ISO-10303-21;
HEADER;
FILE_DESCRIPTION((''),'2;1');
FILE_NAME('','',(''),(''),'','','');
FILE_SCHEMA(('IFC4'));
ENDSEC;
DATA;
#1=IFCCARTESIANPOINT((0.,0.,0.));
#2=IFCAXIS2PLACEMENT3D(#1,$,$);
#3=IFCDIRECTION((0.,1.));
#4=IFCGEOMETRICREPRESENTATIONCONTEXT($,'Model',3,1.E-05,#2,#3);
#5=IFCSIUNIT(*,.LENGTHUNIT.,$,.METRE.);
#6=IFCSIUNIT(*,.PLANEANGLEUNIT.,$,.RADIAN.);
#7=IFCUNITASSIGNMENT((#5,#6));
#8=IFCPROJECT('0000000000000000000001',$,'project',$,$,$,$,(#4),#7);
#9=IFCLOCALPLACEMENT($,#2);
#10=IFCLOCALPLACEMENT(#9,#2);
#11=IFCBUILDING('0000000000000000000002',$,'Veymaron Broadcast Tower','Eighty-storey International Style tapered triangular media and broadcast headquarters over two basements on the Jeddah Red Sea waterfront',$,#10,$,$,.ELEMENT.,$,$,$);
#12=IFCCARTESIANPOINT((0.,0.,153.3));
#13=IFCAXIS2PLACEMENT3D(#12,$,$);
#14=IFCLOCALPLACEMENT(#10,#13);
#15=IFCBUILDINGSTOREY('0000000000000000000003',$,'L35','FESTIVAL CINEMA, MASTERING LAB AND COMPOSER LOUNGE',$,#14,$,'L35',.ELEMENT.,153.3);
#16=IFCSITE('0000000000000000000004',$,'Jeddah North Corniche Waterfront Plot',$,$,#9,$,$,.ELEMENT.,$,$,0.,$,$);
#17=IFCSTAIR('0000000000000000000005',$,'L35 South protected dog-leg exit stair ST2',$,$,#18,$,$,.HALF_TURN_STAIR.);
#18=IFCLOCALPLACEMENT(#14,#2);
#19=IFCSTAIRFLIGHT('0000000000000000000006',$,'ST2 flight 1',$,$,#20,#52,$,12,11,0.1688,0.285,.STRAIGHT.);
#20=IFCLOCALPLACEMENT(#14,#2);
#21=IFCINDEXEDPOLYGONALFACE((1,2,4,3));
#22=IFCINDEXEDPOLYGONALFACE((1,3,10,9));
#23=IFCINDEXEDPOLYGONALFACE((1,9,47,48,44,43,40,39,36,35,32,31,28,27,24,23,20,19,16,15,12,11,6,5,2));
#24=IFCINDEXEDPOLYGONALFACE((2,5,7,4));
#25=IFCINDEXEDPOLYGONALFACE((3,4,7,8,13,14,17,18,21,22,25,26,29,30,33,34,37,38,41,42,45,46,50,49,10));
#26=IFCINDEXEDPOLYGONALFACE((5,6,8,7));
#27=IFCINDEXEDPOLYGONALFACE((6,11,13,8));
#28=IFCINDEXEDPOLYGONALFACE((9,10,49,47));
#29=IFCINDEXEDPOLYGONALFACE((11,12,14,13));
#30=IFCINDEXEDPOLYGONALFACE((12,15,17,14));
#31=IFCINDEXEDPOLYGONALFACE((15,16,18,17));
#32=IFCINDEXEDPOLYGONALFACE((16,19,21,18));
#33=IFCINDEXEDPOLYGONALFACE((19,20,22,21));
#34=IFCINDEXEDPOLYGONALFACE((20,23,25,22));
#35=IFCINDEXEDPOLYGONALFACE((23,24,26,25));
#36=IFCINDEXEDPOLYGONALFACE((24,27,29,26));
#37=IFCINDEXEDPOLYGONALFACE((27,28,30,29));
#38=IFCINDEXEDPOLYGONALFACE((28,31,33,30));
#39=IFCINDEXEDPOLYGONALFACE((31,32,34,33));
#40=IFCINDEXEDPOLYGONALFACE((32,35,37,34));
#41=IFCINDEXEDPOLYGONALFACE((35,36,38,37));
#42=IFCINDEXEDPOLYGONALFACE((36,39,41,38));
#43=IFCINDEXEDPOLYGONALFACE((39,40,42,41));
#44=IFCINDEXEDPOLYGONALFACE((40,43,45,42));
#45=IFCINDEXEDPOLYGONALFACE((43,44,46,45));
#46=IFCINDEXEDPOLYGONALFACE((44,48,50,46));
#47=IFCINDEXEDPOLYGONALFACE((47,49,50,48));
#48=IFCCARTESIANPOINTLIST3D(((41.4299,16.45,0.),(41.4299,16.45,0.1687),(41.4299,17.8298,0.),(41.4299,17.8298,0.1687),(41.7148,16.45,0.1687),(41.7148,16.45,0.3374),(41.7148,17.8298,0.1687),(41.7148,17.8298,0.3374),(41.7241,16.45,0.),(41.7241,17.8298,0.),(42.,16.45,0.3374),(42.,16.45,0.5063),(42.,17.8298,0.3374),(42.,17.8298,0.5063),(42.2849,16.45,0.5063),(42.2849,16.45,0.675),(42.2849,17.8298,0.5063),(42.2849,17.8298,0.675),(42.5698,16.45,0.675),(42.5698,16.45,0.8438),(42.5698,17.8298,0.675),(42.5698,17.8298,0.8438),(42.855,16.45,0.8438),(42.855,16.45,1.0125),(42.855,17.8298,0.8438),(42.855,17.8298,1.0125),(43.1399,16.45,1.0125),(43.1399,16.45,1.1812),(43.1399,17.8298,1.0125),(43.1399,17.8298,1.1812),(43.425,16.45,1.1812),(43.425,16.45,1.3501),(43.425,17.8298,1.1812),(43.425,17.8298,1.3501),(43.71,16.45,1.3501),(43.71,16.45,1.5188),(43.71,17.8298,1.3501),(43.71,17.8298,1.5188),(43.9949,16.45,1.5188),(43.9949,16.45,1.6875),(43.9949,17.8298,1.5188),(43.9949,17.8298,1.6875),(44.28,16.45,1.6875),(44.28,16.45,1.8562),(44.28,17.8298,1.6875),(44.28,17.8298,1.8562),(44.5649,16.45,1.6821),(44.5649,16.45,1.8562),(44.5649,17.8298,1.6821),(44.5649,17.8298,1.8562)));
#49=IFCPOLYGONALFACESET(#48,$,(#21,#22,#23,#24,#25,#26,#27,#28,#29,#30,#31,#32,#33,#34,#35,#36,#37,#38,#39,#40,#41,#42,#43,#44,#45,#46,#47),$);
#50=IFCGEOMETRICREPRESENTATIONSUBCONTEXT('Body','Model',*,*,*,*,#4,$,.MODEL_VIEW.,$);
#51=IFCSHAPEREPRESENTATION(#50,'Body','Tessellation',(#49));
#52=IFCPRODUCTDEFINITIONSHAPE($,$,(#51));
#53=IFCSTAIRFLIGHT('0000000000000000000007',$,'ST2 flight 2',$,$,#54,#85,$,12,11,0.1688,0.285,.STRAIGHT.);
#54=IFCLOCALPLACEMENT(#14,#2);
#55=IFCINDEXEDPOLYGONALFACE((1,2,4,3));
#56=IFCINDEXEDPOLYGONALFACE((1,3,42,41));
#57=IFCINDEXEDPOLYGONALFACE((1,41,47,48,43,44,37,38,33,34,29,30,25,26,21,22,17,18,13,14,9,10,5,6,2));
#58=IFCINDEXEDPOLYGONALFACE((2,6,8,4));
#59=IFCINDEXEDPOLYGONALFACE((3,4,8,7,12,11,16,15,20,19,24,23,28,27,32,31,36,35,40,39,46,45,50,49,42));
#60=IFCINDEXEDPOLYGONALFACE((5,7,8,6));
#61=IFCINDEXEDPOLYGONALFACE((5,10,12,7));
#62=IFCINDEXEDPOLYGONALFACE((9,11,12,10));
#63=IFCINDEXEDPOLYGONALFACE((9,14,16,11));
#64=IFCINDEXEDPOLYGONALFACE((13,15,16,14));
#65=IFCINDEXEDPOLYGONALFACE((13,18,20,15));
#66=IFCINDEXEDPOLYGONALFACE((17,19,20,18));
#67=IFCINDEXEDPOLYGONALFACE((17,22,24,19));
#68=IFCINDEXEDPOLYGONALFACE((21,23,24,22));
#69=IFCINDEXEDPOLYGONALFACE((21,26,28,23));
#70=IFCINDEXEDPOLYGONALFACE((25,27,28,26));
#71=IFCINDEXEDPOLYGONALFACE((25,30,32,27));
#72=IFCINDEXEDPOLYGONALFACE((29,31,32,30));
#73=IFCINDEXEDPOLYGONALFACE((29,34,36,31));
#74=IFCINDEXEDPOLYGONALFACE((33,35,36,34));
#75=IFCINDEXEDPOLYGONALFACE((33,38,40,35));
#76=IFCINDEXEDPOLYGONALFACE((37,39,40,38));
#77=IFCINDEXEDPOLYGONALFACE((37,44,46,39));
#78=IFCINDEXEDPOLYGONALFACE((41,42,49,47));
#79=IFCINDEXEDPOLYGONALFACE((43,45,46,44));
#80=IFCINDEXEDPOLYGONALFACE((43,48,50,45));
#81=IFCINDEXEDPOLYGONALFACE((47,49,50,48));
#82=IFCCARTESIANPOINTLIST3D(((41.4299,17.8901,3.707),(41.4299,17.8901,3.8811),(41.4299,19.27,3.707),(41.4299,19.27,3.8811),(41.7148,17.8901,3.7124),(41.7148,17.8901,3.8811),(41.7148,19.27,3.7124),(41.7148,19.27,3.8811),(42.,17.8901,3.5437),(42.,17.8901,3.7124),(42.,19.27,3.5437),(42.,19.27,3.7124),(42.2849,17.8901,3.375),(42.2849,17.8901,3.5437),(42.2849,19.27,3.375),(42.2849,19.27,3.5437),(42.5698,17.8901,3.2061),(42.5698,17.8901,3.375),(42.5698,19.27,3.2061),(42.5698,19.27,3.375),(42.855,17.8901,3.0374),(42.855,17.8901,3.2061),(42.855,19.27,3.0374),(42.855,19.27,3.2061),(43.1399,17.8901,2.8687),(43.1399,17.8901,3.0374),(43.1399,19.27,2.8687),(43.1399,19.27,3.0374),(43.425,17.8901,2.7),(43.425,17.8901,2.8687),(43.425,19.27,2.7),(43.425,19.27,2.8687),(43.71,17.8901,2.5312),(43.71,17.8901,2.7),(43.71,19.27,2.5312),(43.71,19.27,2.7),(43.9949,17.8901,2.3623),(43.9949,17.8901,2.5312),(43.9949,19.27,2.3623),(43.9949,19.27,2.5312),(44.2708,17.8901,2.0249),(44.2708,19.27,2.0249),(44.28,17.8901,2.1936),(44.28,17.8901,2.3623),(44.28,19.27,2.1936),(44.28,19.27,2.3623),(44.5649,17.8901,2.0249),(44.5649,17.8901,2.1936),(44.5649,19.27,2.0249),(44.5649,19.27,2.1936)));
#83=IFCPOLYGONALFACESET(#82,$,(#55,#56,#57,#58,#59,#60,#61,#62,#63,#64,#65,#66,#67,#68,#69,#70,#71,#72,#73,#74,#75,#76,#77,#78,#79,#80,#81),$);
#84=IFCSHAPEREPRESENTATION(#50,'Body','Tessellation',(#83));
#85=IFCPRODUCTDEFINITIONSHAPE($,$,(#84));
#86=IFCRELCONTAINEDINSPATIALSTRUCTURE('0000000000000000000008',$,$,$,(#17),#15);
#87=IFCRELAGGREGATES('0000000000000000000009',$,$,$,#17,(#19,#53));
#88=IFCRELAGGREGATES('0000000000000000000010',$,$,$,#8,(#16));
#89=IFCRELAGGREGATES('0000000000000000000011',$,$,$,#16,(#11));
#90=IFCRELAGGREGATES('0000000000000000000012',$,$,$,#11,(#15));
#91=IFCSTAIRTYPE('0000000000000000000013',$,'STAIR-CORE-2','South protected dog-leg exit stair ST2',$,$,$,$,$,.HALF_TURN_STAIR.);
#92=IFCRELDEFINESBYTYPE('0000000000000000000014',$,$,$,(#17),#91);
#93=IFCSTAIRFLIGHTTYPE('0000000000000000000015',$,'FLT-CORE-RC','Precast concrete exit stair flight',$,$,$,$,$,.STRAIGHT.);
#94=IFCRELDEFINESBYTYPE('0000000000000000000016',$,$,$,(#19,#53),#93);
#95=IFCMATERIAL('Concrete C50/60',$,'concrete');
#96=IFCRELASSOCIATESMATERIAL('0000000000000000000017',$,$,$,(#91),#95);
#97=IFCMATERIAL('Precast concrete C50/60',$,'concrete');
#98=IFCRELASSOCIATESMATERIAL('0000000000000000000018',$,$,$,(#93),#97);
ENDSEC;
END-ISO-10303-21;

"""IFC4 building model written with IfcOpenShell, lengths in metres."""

from ifc_helpers import new_model, si_unit, direction, frame, origin, place, context, subcontext, project, spatial, polyline, outline, extrude, material, type_object, element, aggregate, save


model = new_model("IFC4")

# Units and contexts
model_context = context("Model", 3, precision=1e-05, world=origin(), true_north=direction((0.0, 1.0)))
body_context = subcontext(model_context, "Body", "Model", "MODEL_VIEW")
ifc_project = project(units=[si_unit("LENGTHUNIT", "METRE"), si_unit("PLANEANGLEUNIT", "RADIAN")], contexts=[model_context])

# Site, building, storey
site_placement = place(None, origin())
site = spatial("IfcSite", under=ifc_project, at=site_placement, Name="Jeddah North Corniche Waterfront Plot", CompositionType="ELEMENT", RefElevation=0.0)
building_placement = place(site_placement, origin())
building = spatial("IfcBuilding", under=site, at=building_placement, Name="Veymaron Broadcast Tower", Description="Eighty-storey International Style tapered triangular media and broadcast headquarters over two basements on the Jeddah Red Sea waterfront", CompositionType="ELEMENT")
storey_placement = place(building_placement, frame((0.0, 0.0, 153.3)))
storey = spatial("IfcBuildingStorey", under=building, at=storey_placement, Name="L35", Description="FESTIVAL CINEMA, MASTERING LAB AND COMPOSER LOUNGE", LongName="L35", CompositionType="ELEMENT", Elevation=153.3)

# Shared definitions
ifc_material_1 = material(Name="Concrete C50/60", Category="concrete")

# Stair, stair flights
stair_type = type_object("IfcStairType", Name="STAIR-CORE-2", Description="South protected dog-leg exit stair ST2", PredefinedType="HALF_TURN_STAIR", material=ifc_material_1)
stair_placement = place(storey_placement, origin())
stair = element("IfcStair", 1, at=stair_placement, inside=storey, type_object=stair_type, Name="L35 South protected dog-leg exit stair ST2", PredefinedType="HALF_TURN_STAIR")
ifc_material_2 = material(Name="Precast concrete C50/60", Category="concrete")
stair_flight_type = type_object("IfcStairFlightType", Name="FLT-CORE-RC", Description="Precast concrete exit stair flight", PredefinedType="STRAIGHT", material=ifc_material_2)
stair_flight_1_placement = place(storey_placement, frame((41.4299, 17.1399, 0.0), z_axis=(0.0, 0.0, 1.0), x_axis=(1.0, 0.0, 0.0)))
stair_flight_1 = element("IfcStairFlight", 2, at=stair_flight_1_placement, type_object=stair_flight_type, Name="ST2 flight 1", NumberOfRisers=12, NumberOfTreads=11, PredefinedType="STRAIGHT", RiserHeight=0.1688, TreadLength=0.285, context=body_context, shape_type="SweptSolid", body=[
    extrude(outline(polyline([(0.0, 0.0), (0.0, 0.1687), (0.2849, 0.1687), (0.2849, 0.3374), (0.5701, 0.3374), (0.5701, 0.5063), (0.855, 0.5063), (0.855, 0.675), (1.1399, 0.675), (1.1399, 0.8438), (1.425, 0.8438), (1.425, 1.0125), (1.71, 1.0125), (1.71, 1.1812), (1.9951, 1.1812), (1.9951, 1.3501), (2.28, 1.3501), (2.28, 1.5188), (2.5649, 1.5188), (2.5649, 1.6875), (2.8501, 1.6875), (2.8501, 1.8562), (3.135, 1.8562), (3.135, 2.0249), (3.135, 1.6821), (0.2942, 0.0), (0.0, 0.0)])), frame((0.0, 0.6899, 0.0), z_axis=(0.0, -1.0, 0.0), x_axis=(1.0, 0.0, 0.0)), (0.0, 0.0, 1.0), 1.3799),
])
stair_flight_2_placement = place(storey_placement, frame((44.5649, 18.5801, 2.0249), z_axis=(0.0, 0.0, 1.0), x_axis=(-1.0, 0.0, 0.0)))
stair_flight_2 = element("IfcStairFlight", 3, at=stair_flight_2_placement, type_object=stair_flight_type, Name="ST2 flight 2", NumberOfRisers=12, NumberOfTreads=11, PredefinedType="STRAIGHT", RiserHeight=0.1688, TreadLength=0.285, context=body_context, shape_type="SweptSolid", body=[
    extrude(outline(polyline([(0.0, 0.0), (0.0, 0.1687), (0.2849, 0.1687), (0.2849, 0.3374), (0.5701, 0.3374), (0.5701, 0.5063), (0.855, 0.5063), (0.855, 0.675), (1.1399, 0.675), (1.1399, 0.8438), (1.425, 0.8438), (1.425, 1.0125), (1.71, 1.0125), (1.71, 1.1812), (1.9951, 1.1812), (1.9951, 1.3501), (2.28, 1.3501), (2.28, 1.5188), (2.5649, 1.5188), (2.5649, 1.6875), (2.8501, 1.6875), (2.8501, 1.8562), (3.135, 1.8562), (3.135, 2.0249), (3.135, 1.6821), (0.2942, 0.0), (0.0, 0.0)])), frame((0.0, 0.6899, 0.0), z_axis=(0.0, -1.0, 0.0), x_axis=(1.0, 0.0, 0.0)), (0.0, 0.0, 1.0), 1.3799),
])
aggregate(stair, [stair_flight_1, stair_flight_2])

save(model, "model.ifc")
